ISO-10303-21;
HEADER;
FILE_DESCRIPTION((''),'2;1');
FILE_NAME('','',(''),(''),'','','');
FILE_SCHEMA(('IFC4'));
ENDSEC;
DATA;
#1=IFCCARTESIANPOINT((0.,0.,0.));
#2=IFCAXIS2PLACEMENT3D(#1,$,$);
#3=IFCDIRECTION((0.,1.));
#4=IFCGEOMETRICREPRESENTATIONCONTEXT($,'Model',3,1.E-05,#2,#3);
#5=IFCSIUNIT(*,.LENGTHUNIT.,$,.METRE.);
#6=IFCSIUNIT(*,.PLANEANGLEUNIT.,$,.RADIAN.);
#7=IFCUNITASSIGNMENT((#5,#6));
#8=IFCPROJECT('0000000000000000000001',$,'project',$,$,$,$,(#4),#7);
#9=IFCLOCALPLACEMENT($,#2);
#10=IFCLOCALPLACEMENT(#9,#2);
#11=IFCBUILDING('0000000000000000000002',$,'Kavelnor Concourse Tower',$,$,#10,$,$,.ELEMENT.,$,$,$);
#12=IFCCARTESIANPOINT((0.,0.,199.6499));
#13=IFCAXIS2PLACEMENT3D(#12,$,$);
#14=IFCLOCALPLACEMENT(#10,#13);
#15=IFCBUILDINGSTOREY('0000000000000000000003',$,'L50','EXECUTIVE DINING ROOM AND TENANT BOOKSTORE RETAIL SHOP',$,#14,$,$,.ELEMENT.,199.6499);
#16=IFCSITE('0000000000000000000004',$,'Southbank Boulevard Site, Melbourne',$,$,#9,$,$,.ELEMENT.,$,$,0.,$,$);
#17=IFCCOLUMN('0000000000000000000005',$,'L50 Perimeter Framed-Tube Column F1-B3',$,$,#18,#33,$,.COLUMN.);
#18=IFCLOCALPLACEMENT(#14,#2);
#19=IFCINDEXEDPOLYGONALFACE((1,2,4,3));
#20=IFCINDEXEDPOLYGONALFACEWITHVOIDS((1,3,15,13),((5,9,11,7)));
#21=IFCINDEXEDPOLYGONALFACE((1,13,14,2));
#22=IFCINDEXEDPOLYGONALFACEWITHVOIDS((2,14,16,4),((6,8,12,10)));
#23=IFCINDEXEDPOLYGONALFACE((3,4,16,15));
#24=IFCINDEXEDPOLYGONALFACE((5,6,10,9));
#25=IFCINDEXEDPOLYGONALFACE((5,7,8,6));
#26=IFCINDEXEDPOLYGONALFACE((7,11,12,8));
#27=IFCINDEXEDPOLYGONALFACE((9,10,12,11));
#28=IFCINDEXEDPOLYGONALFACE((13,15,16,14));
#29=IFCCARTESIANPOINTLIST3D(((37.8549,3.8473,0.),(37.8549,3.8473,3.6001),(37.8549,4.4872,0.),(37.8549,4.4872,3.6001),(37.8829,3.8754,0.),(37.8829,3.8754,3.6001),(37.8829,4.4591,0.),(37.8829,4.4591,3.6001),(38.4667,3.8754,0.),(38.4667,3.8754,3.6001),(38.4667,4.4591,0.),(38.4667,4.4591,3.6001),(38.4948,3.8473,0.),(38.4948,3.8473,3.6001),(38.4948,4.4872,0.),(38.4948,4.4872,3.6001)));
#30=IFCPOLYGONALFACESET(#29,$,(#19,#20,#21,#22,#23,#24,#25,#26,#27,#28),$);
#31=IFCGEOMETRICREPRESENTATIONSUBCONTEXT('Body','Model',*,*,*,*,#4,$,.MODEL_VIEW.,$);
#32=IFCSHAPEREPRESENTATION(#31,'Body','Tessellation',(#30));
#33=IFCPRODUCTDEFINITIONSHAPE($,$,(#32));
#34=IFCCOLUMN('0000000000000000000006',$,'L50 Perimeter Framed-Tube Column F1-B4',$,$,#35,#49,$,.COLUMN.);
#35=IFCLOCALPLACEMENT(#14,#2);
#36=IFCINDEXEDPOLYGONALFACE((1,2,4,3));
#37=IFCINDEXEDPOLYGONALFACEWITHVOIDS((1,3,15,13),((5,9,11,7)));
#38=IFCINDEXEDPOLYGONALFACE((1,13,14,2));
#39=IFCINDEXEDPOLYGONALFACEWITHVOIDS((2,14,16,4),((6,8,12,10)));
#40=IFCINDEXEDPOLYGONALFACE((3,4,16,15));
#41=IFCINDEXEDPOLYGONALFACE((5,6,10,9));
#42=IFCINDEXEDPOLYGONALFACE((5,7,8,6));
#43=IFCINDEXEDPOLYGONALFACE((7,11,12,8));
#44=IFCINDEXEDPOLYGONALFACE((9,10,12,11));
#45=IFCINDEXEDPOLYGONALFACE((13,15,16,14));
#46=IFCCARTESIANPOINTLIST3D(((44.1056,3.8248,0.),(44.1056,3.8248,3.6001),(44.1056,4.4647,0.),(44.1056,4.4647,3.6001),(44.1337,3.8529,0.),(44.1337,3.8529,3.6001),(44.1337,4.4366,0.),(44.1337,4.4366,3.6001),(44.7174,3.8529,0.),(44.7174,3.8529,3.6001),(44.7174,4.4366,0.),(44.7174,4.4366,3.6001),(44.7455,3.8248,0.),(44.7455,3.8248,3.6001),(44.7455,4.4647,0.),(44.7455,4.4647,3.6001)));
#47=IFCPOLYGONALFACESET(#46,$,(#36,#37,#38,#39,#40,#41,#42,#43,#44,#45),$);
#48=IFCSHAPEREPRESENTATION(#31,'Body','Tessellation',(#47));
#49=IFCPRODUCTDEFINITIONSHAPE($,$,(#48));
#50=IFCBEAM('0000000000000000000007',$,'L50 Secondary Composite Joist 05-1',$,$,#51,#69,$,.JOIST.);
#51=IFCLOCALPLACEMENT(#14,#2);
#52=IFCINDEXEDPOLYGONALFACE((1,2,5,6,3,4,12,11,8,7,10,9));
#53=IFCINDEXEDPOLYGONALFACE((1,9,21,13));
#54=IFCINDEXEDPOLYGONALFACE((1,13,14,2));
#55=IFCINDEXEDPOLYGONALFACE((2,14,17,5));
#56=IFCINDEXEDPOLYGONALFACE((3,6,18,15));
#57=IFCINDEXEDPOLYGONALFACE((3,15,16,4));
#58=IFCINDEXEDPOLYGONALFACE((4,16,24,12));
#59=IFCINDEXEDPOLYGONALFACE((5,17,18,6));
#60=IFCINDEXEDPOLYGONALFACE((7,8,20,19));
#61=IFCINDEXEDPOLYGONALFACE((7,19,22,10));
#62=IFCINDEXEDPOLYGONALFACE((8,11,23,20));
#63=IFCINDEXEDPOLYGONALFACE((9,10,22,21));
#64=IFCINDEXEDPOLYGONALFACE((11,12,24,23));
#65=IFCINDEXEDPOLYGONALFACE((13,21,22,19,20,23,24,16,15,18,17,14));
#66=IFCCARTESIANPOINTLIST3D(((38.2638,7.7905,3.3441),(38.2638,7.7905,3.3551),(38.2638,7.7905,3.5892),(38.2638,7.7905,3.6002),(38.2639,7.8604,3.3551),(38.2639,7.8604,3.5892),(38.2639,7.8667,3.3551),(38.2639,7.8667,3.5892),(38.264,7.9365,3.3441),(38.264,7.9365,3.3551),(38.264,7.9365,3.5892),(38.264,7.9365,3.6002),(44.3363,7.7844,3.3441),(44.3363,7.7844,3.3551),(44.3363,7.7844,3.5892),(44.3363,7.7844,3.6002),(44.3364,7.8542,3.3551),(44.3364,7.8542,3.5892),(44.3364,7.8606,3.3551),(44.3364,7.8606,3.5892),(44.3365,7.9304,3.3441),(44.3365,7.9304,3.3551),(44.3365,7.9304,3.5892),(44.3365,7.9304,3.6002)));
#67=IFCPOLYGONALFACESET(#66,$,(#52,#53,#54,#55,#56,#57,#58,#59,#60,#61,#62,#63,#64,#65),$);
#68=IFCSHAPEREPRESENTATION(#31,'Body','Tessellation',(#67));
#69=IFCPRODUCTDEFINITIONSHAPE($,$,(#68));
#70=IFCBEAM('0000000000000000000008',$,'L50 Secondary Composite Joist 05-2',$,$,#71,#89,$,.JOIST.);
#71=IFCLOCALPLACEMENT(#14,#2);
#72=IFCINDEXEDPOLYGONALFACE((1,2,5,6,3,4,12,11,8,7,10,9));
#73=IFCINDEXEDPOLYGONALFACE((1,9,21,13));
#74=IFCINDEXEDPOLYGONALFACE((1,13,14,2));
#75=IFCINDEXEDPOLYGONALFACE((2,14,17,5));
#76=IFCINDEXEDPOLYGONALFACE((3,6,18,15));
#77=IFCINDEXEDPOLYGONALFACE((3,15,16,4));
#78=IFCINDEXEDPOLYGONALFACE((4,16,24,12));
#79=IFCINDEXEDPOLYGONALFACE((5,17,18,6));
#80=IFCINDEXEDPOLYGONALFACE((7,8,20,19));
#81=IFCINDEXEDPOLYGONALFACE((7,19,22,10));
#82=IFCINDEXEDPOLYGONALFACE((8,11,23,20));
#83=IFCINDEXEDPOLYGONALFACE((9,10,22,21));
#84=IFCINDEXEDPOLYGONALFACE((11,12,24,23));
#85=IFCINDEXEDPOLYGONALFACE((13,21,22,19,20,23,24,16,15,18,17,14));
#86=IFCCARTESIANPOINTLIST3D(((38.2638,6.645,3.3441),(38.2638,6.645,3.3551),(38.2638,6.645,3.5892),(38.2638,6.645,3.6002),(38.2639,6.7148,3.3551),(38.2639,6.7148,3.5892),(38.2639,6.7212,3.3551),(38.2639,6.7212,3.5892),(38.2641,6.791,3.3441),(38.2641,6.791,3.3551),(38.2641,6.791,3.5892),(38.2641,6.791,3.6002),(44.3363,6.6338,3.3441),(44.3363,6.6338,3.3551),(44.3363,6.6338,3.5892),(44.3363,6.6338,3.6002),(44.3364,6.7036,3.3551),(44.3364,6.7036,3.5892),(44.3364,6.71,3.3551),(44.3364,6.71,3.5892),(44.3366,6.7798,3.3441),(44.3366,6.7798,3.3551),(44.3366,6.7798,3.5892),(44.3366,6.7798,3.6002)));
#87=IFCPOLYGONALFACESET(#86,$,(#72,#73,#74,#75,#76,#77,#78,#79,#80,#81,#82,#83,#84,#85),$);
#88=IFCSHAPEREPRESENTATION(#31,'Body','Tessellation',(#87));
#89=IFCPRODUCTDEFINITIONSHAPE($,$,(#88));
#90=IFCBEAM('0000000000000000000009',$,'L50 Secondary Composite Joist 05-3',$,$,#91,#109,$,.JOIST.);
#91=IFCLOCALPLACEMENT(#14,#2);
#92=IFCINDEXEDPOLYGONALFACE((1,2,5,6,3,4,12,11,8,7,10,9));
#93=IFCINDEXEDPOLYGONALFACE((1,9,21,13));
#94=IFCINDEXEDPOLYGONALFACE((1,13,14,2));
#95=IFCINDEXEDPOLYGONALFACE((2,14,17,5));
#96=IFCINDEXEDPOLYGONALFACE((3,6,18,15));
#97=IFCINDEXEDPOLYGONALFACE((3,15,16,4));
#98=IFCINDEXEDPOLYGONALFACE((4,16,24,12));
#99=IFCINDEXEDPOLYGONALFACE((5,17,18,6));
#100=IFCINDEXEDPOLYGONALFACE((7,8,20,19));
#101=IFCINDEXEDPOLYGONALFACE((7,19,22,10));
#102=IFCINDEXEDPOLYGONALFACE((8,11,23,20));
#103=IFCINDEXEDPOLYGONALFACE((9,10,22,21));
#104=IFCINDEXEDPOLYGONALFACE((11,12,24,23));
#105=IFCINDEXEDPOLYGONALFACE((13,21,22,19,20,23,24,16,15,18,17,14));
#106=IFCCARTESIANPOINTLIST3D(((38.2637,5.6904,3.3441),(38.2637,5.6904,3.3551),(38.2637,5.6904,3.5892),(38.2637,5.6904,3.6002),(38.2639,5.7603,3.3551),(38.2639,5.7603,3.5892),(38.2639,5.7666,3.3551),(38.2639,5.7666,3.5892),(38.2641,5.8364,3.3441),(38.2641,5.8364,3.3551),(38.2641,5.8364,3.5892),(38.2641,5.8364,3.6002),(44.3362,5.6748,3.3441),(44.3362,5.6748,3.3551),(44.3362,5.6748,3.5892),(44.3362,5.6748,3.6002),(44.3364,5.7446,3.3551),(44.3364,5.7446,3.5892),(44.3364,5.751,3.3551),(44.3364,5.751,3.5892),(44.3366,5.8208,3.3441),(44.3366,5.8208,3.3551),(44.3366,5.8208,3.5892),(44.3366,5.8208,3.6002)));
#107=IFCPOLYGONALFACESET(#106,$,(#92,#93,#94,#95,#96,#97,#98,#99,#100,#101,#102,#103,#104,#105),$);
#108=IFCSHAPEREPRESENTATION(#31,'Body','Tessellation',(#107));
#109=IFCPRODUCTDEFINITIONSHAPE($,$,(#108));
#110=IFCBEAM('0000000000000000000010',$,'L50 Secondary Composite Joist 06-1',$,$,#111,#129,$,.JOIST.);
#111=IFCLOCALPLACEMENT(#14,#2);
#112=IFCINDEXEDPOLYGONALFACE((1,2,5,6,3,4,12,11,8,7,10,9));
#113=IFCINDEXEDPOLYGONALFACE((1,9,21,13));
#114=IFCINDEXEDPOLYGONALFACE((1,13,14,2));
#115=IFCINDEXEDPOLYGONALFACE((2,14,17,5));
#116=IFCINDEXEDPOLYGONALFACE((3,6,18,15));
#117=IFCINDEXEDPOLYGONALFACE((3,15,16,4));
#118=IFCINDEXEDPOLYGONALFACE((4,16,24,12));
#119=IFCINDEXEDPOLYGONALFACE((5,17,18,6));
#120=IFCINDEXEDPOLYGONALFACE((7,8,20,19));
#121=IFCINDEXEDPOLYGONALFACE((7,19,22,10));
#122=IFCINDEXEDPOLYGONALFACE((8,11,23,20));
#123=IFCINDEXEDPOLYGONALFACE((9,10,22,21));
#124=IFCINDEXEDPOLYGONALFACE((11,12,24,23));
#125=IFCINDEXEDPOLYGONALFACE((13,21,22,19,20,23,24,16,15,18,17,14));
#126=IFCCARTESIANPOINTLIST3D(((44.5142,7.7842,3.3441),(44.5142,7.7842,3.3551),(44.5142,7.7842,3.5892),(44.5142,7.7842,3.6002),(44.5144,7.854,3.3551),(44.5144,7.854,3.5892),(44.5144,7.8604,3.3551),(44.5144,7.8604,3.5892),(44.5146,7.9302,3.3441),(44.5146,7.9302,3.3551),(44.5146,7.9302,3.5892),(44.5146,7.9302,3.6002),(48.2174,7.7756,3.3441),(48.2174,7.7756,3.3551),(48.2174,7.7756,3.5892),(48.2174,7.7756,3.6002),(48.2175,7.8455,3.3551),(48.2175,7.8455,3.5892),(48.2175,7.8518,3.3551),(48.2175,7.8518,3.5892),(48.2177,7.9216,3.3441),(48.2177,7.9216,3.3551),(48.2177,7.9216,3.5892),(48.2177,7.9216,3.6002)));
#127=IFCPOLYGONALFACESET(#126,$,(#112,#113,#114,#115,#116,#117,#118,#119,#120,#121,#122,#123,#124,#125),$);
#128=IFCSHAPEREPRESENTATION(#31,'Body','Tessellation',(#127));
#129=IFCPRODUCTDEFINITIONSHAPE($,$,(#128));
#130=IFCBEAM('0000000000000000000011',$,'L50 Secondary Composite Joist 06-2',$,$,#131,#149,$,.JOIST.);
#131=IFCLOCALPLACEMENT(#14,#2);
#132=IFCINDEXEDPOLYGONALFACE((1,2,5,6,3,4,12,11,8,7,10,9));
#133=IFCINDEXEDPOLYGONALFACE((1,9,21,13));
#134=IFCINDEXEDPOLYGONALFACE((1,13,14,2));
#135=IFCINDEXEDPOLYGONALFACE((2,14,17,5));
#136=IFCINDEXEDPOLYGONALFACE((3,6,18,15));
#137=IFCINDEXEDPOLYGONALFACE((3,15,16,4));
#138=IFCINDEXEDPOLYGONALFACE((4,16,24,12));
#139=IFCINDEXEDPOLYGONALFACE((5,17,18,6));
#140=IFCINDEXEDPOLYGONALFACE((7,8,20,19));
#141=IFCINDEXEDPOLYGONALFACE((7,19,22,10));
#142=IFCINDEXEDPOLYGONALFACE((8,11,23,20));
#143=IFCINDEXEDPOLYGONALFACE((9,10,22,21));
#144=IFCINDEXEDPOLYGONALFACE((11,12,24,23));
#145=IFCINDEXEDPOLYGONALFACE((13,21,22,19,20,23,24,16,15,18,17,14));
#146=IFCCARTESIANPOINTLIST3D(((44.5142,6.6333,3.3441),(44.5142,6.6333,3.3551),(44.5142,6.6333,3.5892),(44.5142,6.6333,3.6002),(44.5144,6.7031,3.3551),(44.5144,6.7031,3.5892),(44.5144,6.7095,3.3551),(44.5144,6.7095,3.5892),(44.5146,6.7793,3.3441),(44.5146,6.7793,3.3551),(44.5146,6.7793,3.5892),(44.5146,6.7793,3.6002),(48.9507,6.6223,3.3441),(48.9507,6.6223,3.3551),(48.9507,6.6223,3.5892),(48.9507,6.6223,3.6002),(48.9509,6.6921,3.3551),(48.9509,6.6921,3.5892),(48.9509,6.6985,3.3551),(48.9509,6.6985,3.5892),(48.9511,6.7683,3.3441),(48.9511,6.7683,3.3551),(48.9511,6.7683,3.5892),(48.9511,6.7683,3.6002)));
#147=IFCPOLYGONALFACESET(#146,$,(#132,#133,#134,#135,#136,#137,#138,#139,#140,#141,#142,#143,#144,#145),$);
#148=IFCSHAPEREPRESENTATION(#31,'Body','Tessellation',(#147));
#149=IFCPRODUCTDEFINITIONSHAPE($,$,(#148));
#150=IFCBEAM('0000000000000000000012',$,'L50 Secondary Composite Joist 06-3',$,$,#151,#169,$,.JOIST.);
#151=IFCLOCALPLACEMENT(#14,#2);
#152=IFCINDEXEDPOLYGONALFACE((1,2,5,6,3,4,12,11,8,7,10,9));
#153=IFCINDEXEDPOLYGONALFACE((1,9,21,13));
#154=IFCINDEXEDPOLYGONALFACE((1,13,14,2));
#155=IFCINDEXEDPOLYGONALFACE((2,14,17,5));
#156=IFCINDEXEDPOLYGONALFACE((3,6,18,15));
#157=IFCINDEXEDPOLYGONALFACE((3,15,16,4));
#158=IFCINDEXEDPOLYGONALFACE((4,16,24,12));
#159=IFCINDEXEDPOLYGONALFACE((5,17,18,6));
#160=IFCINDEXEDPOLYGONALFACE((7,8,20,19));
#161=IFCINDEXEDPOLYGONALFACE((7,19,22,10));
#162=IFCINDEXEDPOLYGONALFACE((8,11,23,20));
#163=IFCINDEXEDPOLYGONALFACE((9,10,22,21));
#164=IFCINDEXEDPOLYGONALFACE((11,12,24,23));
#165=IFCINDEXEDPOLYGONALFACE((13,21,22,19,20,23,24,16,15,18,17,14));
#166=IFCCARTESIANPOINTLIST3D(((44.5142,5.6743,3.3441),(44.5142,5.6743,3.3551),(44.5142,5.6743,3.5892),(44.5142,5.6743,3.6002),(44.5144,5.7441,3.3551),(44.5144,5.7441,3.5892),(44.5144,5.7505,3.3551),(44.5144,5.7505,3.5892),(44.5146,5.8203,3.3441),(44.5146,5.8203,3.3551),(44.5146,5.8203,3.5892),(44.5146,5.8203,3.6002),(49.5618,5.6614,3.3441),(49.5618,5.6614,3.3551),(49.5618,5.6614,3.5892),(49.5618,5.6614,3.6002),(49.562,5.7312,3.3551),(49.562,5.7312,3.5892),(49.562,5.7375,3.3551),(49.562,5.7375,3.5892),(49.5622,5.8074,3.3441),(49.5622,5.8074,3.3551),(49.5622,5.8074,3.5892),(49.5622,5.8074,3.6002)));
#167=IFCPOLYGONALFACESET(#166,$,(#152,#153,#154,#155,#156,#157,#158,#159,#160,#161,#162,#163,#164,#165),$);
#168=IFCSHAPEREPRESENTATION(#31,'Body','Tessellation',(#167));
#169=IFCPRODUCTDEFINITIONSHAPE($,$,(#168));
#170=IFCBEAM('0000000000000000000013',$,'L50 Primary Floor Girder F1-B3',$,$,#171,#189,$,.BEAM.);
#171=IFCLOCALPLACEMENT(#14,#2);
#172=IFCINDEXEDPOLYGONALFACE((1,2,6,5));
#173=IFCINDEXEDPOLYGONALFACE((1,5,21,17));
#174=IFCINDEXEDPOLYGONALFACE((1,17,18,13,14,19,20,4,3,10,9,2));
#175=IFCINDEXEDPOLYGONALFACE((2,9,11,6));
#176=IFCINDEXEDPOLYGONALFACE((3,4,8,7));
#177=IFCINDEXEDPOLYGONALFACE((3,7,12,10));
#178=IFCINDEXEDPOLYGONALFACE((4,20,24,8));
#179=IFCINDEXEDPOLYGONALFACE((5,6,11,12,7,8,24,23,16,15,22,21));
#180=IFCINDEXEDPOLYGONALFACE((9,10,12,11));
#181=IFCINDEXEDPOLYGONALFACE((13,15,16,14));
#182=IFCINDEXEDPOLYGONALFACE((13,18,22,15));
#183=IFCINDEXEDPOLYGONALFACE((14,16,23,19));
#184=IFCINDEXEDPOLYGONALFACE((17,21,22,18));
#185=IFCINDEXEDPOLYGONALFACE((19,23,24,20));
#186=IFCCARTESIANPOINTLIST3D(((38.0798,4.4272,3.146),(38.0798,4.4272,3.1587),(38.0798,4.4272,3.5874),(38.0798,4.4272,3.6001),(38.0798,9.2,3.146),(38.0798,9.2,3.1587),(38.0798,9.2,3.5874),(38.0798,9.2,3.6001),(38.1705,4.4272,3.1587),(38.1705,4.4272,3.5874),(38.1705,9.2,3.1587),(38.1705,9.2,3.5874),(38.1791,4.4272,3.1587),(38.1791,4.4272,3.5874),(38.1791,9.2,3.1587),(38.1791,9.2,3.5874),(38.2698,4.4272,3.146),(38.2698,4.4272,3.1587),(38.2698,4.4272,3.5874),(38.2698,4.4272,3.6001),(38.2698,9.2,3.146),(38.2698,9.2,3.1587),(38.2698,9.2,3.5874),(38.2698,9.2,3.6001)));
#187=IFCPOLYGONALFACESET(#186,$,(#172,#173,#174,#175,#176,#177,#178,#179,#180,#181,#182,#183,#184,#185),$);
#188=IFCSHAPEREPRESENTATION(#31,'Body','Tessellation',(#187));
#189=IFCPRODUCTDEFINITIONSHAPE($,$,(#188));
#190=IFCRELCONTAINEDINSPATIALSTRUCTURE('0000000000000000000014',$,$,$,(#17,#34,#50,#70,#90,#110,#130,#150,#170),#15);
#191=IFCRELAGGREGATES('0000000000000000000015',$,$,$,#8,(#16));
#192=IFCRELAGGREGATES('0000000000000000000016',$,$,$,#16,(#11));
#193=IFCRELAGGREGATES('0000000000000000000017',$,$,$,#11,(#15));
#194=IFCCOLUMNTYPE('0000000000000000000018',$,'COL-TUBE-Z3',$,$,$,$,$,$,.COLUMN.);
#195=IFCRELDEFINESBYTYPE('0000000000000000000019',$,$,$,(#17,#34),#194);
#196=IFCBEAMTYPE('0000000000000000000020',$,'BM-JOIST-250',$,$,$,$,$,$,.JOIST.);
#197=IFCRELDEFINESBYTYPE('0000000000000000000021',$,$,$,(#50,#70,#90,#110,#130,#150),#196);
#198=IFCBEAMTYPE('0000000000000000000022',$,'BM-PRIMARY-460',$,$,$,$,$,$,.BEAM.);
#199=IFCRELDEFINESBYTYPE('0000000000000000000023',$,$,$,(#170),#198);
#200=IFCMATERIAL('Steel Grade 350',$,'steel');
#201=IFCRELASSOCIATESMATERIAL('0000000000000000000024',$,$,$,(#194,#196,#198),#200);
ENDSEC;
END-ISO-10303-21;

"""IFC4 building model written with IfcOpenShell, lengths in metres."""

from ifc_helpers import new_model, si_unit, direction, frame, origin, origin_2d, place, context, subcontext, project, spatial, hollow_rectangle, i_section, extrude, material, material_profile, profile_set, type_object, element, save


model = new_model("IFC4")

# Units and contexts
model_context = context("Model", 3, precision=1e-05, world=origin(), true_north=direction((0.0, 1.0)))
body_context = subcontext(model_context, "Body", "Model", "MODEL_VIEW")
ifc_project = project(units=[si_unit("LENGTHUNIT", "METRE"), si_unit("PLANEANGLEUNIT", "RADIAN")], contexts=[model_context])

# Site, building, storey
site_placement = place(None, origin())
site = spatial("IfcSite", under=ifc_project, at=site_placement, Name="Southbank Boulevard Site, Melbourne", CompositionType="ELEMENT", RefElevation=0.0)
building_placement = place(site_placement, origin())
building = spatial("IfcBuilding", under=site, at=building_placement, Name="Kavelnor Concourse Tower", CompositionType="ELEMENT")
storey_placement = place(building_placement, frame((0.0, 0.0, 199.6499)))
storey = spatial("IfcBuildingStorey", under=building, at=storey_placement, Name="L50", Description="EXECUTIVE DINING ROOM AND TENANT BOOKSTORE RETAIL SHOP", CompositionType="ELEMENT", Elevation=199.6499)

# Columns
ifc_material_1 = material(Name="Steel Grade 350", Category="steel")
ifc_material_profile_1 = material_profile(ifc_material_1, hollow_rectangle(XDim=0.6399, YDim=0.6399, WallThickness=0.0281, at=origin_2d()), Name="SHS 640x640x28")
ifc_profile_set_1 = profile_set([ifc_material_profile_1], Name="Steel Grade 350")
column_type = type_object("IfcColumnType", Name="COL-TUBE-Z3", PredefinedType="COLUMN", material=ifc_profile_set_1)
for number, where, z_axis, x_axis, name in (
    (1, (38.1748, 4.1672, 0.0), (0.0, 0.0, 1.0), (1.0, 0.0, 0.0), "L50 Perimeter Framed-Tube Column F1-B3"),
    (2, (44.4255, 4.1448, 0.0), (0.0, 0.0, 1.0), (1.0, 0.0, 0.0), "L50 Perimeter Framed-Tube Column F1-B4"),
):
    element("IfcColumn", number, at=place(storey_placement, frame(where, z_axis=z_axis, x_axis=x_axis)), inside=storey, type_object=column_type, Name=name, PredefinedType="COLUMN", context=body_context, shape_type="SweptSolid", body=[
        extrude(hollow_rectangle(XDim=0.6399, YDim=0.6399, WallThickness=0.0281, at=origin_2d()), origin(), (0.0, 0.0, 1.0), 3.6001),
    ])

# Beams
ifc_material_profile_2 = material_profile(ifc_material_1, i_section(OverallWidth=0.146, OverallDepth=0.2561, WebThickness=0.0063, FlangeThickness=0.011, at=origin_2d()), Name="250UB37")
ifc_profile_set_2 = profile_set([ifc_material_profile_2], Name="Steel Grade 350")
beam_type_1 = type_object("IfcBeamType", Name="BM-JOIST-250", PredefinedType="JOIST", material=ifc_profile_set_2)
for number, where, z_axis, x_axis, name in (
    (3, (38.2639, 7.8635, 3.4722), (0.999999, -0.001005, 0.0), (0.001005, 0.999999, 0.0), "L50 Secondary Composite Joist 05-1"),
    (4, (38.2639, 6.718, 3.4722), (0.999998, -0.001849, 0.0), (0.001849, 0.999998, 0.0), "L50 Secondary Composite Joist 05-2"),
    (5, (38.2639, 5.7634, 3.4722), (0.999997, -0.002573, 0.0), (0.002573, 0.999997, 0.0), "L50 Secondary Composite Joist 05-3"),
):
    element("IfcBeam", number, at=place(storey_placement, frame(where, z_axis=z_axis, x_axis=x_axis)), inside=storey, type_object=beam_type_1, Name=name, PredefinedType="JOIST", context=body_context, shape_type="SweptSolid", body=[
        extrude(i_section(OverallWidth=0.146, OverallDepth=0.2561, WebThickness=0.0063, FlangeThickness=0.011, at=origin_2d()), origin(), (0.0, 0.0, 1.0), 6.0725),
    ])
beam_1_placement = place(storey_placement, frame((44.5144, 7.8572, 3.4722), z_axis=(0.999997, -0.002307, 0.0), x_axis=(0.002307, 0.999997, 0.0)))
element("IfcBeam", 6, at=beam_1_placement, inside=storey, type_object=beam_type_1, Name="L50 Secondary Composite Joist 06-1", PredefinedType="JOIST", context=body_context, shape_type="SweptSolid", body=[
    extrude(i_section(OverallWidth=0.146, OverallDepth=0.2561, WebThickness=0.0063, FlangeThickness=0.011, at=origin_2d()), origin(), (0.0, 0.0, 1.0), 3.7031),
])
beam_2_placement = place(storey_placement, frame((44.5144, 6.7063, 3.4722), z_axis=(0.999997, -0.002476, 0.0), x_axis=(0.002476, 0.999997, 0.0)))
element("IfcBeam", 7, at=beam_2_placement, inside=storey, type_object=beam_type_1, Name="L50 Secondary Composite Joist 06-2", PredefinedType="JOIST", context=body_context, shape_type="SweptSolid", body=[
    extrude(i_section(OverallWidth=0.146, OverallDepth=0.2561, WebThickness=0.0063, FlangeThickness=0.011, at=origin_2d()), origin(), (0.0, 0.0, 1.0), 4.4365),
])
beam_3_placement = place(storey_placement, frame((44.5144, 5.7473, 3.4722), z_axis=(0.999997, -0.002563, 0.0), x_axis=(0.002563, 0.999997, 0.0)))
element("IfcBeam", 8, at=beam_3_placement, inside=storey, type_object=beam_type_1, Name="L50 Secondary Composite Joist 06-3", PredefinedType="JOIST", context=body_context, shape_type="SweptSolid", body=[
    extrude(i_section(OverallWidth=0.146, OverallDepth=0.2561, WebThickness=0.0063, FlangeThickness=0.011, at=origin_2d()), origin(), (0.0, 0.0, 1.0), 5.0476),
])
ifc_material_profile_3 = material_profile(ifc_material_1, i_section(OverallWidth=0.1899, OverallDepth=0.4541, WebThickness=0.0085, FlangeThickness=0.0127, at=origin_2d()), Name="460UB67")
ifc_profile_set_3 = profile_set([ifc_material_profile_3], Name="Steel Grade 350")
beam_type_2 = type_object("IfcBeamType", Name="BM-PRIMARY-460", PredefinedType="BEAM", material=ifc_profile_set_3)
beam_4_placement = place(storey_placement, frame((38.1748, 9.2, 3.373), z_axis=(0.0, -1.0, 0.0), x_axis=(1.0, 0.0, 0.0)))
element("IfcBeam", 9, at=beam_4_placement, inside=storey, type_object=beam_type_2, Name="L50 Primary Floor Girder F1-B3", PredefinedType="BEAM", context=body_context, shape_type="SweptSolid", body=[
    extrude(i_section(OverallWidth=0.1899, OverallDepth=0.4541, WebThickness=0.0085, FlangeThickness=0.0127, at=origin_2d()), origin(), (0.0, 0.0, 1.0), 4.7727),
])

save(model, "model.ifc")
